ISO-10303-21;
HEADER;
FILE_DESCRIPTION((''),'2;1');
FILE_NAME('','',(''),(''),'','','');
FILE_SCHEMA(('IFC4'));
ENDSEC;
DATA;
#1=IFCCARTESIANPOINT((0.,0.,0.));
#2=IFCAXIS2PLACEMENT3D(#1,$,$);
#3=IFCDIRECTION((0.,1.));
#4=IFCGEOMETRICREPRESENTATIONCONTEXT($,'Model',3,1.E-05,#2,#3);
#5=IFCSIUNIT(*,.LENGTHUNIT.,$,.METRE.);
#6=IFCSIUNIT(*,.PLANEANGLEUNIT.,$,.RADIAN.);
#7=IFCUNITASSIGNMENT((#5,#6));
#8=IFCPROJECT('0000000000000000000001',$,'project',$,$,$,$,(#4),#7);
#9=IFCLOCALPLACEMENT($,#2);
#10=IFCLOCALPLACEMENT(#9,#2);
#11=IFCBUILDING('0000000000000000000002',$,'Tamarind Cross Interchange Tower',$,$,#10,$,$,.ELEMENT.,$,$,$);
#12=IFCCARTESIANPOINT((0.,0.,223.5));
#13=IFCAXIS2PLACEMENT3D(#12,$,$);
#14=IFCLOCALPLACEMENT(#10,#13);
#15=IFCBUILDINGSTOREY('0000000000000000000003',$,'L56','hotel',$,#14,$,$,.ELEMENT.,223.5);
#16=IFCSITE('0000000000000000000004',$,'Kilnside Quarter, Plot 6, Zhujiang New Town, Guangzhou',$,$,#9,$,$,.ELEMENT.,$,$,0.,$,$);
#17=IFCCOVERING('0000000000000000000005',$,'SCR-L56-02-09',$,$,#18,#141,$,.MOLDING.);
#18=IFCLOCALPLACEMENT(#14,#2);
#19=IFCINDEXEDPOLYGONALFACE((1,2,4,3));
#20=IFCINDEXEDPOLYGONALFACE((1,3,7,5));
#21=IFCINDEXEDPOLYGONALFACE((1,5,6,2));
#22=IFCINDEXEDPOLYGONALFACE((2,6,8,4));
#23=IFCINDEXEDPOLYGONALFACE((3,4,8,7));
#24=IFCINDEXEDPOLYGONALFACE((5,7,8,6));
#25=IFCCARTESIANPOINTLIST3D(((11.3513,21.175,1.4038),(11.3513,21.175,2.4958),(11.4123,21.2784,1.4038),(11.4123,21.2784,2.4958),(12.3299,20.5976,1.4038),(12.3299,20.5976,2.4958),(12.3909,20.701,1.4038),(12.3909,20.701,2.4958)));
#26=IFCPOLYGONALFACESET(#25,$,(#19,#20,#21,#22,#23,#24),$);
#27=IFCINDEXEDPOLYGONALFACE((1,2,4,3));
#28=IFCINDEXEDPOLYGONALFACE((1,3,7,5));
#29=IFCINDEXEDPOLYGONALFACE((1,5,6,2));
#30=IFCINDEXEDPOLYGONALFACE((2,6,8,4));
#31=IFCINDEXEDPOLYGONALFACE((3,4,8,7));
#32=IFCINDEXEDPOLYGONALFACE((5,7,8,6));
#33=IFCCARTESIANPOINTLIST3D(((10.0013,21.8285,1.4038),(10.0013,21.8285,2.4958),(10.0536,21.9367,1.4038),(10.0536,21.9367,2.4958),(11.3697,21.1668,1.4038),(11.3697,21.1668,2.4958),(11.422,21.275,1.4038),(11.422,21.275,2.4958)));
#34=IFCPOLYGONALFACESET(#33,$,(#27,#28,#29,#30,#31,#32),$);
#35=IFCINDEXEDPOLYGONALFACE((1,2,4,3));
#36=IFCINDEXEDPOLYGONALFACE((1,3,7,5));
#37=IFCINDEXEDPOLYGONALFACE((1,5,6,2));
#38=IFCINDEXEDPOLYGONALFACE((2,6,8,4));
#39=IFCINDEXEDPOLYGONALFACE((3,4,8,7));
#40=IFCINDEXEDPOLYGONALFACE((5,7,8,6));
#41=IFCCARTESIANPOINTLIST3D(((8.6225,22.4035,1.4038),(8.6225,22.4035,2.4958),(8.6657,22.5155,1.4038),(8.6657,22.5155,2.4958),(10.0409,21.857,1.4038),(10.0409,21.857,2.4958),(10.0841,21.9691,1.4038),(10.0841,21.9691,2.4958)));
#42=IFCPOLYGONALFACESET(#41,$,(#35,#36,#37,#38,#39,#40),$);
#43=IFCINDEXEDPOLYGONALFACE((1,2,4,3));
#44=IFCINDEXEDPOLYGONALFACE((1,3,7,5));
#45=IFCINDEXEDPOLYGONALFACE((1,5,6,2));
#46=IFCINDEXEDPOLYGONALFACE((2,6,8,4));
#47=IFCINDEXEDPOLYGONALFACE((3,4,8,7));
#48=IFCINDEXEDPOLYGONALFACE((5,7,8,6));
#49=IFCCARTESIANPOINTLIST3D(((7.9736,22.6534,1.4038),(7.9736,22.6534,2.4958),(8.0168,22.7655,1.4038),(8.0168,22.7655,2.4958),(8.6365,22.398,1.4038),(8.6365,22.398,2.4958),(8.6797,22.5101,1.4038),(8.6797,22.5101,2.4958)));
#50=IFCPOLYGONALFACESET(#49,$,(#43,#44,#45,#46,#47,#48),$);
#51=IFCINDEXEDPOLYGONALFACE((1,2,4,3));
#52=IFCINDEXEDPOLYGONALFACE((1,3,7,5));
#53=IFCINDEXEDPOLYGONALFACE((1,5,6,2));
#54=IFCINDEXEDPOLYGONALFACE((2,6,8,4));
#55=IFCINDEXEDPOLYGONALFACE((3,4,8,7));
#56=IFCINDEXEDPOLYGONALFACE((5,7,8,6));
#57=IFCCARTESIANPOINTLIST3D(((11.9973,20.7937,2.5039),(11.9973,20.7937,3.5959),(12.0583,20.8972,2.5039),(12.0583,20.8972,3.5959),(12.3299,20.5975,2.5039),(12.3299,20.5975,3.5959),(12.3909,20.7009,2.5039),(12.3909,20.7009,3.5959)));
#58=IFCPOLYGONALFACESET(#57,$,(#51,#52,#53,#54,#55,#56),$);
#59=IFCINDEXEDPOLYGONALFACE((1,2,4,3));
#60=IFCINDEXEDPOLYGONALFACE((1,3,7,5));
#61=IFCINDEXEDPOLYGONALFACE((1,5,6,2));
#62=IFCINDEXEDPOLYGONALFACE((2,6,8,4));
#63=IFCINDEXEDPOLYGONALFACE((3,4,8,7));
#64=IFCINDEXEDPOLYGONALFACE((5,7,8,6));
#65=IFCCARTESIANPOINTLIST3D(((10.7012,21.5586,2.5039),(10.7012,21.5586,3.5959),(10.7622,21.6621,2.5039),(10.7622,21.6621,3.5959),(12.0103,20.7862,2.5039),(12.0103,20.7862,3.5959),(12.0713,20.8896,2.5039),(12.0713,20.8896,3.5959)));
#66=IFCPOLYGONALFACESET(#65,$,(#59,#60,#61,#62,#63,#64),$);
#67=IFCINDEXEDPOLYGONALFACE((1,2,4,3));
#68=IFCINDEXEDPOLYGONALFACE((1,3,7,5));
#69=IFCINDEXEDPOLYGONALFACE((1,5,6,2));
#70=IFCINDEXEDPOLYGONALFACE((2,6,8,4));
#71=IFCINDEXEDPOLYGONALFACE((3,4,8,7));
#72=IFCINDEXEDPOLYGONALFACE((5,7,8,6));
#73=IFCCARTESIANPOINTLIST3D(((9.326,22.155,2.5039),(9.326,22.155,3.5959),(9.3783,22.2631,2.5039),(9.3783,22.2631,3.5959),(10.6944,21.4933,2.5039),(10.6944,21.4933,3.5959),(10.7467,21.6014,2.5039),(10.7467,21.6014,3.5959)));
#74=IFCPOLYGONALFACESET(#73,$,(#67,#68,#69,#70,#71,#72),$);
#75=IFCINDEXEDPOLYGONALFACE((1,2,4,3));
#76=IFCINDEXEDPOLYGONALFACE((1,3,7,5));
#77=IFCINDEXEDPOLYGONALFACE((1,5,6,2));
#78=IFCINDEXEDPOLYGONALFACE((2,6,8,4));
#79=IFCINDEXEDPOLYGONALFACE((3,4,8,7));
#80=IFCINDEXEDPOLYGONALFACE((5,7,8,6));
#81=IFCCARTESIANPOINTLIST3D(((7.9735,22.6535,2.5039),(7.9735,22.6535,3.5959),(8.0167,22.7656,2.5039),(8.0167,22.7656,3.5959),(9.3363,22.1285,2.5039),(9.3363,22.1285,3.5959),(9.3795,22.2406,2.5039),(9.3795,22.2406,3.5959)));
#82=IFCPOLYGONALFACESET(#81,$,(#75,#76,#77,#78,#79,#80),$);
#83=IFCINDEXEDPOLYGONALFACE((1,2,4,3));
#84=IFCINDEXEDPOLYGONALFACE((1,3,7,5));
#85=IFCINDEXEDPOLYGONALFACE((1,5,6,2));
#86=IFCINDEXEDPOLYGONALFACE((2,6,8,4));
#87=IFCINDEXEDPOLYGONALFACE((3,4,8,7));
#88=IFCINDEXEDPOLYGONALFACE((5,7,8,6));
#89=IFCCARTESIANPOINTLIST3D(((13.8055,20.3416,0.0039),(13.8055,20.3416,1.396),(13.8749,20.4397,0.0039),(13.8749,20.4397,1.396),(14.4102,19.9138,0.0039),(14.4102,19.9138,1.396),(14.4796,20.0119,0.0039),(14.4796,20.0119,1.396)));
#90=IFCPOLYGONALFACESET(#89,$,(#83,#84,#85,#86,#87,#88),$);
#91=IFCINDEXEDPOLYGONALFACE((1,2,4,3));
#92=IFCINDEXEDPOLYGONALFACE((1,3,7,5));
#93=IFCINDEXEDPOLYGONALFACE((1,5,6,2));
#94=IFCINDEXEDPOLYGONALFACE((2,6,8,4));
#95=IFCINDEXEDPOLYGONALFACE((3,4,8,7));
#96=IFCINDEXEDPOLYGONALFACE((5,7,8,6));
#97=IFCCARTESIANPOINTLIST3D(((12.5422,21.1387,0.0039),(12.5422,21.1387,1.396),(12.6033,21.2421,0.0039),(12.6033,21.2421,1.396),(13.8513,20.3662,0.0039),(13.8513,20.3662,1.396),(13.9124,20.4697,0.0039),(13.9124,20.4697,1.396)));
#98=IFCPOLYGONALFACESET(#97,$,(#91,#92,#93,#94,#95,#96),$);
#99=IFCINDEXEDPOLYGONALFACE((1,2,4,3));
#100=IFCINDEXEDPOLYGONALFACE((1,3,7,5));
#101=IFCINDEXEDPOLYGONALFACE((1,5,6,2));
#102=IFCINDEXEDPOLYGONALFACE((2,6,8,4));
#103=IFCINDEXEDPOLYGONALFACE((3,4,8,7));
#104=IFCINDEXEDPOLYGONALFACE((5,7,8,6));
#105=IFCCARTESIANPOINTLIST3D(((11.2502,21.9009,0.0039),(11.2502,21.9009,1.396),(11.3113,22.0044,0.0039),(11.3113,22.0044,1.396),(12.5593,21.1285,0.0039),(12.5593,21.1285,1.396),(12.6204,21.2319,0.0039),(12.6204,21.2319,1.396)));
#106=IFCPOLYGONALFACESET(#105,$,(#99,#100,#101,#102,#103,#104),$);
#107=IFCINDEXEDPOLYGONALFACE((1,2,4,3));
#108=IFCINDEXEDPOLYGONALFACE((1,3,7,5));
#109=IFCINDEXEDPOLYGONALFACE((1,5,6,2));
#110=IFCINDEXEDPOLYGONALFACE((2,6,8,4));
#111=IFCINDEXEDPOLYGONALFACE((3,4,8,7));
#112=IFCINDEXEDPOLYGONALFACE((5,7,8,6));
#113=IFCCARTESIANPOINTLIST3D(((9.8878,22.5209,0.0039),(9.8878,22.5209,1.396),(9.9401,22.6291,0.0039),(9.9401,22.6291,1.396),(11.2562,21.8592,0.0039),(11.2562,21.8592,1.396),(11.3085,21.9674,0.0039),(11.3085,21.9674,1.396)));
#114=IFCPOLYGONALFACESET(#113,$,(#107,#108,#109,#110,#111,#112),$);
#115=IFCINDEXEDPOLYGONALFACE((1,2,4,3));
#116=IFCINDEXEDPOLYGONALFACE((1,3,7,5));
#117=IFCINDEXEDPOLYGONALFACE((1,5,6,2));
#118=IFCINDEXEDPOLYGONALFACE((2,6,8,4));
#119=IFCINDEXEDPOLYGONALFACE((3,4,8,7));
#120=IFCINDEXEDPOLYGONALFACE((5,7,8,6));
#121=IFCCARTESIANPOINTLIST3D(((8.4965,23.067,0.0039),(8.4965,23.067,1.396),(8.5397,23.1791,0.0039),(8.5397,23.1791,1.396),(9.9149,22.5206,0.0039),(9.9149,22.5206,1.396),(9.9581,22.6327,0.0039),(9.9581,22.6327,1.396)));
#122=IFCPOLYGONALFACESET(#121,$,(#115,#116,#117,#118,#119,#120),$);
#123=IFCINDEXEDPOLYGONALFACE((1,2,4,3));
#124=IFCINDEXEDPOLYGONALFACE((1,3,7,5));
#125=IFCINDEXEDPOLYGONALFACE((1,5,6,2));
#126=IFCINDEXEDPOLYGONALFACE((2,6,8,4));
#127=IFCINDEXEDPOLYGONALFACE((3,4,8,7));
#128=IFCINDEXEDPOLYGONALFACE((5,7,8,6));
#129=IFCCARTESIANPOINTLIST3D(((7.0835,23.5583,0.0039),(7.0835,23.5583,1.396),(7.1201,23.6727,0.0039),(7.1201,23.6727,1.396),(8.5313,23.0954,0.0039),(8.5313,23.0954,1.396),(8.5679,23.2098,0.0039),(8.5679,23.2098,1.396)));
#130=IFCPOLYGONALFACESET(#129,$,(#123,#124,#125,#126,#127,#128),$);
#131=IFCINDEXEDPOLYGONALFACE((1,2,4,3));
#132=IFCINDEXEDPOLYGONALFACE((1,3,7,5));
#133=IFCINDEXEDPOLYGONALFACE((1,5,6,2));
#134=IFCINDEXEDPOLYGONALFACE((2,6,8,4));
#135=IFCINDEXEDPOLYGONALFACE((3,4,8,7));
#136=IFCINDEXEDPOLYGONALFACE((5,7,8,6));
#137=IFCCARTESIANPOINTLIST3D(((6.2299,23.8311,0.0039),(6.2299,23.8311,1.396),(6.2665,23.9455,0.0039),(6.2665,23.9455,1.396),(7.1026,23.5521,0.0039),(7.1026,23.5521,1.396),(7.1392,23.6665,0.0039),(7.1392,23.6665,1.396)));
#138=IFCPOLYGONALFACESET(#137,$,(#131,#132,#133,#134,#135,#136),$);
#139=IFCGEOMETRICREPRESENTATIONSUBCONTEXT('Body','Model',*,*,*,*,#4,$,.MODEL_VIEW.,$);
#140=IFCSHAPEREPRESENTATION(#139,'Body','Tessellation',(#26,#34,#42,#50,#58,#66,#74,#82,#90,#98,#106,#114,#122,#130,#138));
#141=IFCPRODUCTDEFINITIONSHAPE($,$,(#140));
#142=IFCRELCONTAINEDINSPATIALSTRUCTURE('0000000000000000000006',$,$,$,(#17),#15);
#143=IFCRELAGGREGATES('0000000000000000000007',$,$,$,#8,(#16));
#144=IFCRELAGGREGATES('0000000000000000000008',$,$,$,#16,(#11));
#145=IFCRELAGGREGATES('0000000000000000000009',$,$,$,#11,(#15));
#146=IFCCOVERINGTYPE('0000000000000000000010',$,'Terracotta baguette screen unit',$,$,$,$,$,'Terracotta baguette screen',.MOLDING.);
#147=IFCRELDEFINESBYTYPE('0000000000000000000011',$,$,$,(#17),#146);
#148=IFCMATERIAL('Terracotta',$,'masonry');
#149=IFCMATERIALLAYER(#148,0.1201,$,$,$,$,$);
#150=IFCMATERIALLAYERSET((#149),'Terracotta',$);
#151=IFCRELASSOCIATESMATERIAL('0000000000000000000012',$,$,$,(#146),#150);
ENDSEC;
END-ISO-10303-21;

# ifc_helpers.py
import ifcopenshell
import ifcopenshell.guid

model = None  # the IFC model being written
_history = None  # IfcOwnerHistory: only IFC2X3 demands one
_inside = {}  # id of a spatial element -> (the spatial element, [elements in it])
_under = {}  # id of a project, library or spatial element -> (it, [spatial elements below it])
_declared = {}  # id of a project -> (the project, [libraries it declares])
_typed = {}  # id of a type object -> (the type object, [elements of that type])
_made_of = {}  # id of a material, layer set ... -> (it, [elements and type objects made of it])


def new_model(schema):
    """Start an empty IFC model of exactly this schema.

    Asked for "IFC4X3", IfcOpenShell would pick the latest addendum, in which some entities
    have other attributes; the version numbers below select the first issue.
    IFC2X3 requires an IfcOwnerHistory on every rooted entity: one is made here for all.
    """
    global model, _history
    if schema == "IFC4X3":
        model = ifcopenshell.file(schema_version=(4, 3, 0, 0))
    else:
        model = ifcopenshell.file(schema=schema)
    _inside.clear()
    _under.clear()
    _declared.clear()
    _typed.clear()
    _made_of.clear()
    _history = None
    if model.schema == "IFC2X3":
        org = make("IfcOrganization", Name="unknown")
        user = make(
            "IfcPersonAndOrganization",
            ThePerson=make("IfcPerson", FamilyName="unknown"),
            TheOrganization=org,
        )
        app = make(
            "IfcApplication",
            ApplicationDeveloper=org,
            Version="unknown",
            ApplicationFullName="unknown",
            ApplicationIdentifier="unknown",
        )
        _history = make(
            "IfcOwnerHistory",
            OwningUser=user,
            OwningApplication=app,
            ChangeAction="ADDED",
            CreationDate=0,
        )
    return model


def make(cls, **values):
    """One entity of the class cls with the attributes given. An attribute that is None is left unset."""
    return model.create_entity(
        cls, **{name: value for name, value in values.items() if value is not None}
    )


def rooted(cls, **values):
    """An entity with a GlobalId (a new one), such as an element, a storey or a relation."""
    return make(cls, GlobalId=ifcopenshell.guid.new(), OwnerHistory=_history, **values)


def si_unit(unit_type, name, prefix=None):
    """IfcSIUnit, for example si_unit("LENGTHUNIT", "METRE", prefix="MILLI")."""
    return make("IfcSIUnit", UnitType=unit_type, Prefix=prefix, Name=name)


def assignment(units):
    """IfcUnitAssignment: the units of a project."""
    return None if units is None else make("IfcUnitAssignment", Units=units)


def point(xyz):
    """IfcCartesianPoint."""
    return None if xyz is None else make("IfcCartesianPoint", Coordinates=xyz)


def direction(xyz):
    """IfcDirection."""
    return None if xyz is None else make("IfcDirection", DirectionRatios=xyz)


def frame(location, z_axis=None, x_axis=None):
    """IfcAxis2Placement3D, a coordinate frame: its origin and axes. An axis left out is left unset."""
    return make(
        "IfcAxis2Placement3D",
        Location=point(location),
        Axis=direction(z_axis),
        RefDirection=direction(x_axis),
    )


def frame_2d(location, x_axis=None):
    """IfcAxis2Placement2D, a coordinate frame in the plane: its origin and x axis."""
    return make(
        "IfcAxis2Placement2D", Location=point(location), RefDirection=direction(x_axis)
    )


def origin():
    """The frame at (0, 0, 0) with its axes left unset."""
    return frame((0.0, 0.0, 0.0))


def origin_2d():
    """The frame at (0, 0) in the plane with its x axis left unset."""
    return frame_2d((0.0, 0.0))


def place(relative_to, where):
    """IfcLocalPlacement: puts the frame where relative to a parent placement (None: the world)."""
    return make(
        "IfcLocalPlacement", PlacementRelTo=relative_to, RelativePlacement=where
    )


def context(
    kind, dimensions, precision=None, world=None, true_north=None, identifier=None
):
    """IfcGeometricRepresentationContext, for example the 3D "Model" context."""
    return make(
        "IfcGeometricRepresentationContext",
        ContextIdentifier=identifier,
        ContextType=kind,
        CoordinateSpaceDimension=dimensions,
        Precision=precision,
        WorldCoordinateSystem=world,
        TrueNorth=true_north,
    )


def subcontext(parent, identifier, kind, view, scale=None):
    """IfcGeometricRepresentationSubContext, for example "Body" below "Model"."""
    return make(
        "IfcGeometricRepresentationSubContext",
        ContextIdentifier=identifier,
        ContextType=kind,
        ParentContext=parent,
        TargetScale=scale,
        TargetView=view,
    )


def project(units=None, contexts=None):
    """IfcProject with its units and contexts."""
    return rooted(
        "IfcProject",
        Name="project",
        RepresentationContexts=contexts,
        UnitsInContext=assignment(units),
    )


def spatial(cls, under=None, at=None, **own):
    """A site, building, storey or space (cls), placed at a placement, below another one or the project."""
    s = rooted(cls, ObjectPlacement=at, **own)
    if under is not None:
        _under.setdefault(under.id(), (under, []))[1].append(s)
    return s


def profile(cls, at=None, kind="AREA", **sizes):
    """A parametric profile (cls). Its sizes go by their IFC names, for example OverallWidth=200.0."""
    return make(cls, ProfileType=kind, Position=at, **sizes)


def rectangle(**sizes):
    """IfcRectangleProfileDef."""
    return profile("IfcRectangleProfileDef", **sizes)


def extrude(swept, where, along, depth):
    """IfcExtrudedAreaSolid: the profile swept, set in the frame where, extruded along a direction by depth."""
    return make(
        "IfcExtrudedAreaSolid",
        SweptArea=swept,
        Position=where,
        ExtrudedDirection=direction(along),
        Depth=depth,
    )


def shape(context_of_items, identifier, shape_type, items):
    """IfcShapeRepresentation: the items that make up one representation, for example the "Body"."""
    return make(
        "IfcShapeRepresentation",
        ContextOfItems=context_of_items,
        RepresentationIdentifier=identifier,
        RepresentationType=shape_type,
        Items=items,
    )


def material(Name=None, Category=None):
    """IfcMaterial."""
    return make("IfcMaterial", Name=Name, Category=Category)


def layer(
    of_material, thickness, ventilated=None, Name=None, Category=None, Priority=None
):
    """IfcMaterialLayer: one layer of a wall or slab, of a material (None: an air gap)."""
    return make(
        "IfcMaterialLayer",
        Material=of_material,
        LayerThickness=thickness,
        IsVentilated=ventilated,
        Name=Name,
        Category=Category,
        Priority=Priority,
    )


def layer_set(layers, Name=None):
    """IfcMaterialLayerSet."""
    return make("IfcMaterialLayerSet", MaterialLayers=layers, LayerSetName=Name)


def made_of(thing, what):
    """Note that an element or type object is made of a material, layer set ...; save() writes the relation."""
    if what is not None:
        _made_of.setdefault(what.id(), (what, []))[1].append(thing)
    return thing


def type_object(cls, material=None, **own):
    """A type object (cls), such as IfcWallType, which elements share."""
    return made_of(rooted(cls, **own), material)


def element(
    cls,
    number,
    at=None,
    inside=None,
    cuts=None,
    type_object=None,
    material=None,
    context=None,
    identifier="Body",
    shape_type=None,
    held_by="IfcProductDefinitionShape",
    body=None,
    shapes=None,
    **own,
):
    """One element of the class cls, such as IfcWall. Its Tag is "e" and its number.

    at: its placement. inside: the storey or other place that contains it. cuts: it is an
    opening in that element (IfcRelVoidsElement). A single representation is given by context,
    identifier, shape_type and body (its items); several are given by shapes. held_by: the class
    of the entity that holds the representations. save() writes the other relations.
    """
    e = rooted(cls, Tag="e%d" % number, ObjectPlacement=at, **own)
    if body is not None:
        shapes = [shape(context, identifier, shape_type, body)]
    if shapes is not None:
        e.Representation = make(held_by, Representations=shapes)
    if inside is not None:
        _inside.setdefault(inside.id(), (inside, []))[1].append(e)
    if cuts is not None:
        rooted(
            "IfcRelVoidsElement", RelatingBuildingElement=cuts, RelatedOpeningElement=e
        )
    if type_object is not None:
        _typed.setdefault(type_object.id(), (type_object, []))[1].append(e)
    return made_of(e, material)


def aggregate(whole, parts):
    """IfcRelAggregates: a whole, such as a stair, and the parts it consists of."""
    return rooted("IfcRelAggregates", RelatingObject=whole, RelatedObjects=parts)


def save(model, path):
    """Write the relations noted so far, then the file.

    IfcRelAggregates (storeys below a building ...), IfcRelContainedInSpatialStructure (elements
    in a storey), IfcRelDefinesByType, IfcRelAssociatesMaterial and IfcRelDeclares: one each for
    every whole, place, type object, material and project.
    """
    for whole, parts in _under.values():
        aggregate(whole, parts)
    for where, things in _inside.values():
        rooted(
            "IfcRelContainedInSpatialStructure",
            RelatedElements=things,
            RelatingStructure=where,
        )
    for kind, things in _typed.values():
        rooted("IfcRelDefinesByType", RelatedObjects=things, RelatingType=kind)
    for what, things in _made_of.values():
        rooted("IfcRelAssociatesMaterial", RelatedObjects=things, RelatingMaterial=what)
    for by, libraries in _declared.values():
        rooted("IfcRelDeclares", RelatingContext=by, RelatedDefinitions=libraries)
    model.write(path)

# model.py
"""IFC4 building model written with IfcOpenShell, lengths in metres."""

from ifc_helpers import new_model, si_unit, direction, frame, origin, origin_2d, place, context, subcontext, project, spatial, rectangle, extrude, material, layer, layer_set, type_object, element, save


model = new_model("IFC4")

# Units and contexts
model_context = context("Model", 3, precision=1e-05, world=origin(), true_north=direction((0.0, 1.0)))
body_context = subcontext(model_context, "Body", "Model", "MODEL_VIEW")
ifc_project = project(units=[si_unit("LENGTHUNIT", "METRE"), si_unit("PLANEANGLEUNIT", "RADIAN")], contexts=[model_context])

# Site, building, storey
site_placement = place(None, origin())
site = spatial("IfcSite", under=ifc_project, at=site_placement, Name="Kilnside Quarter, Plot 6, Zhujiang New Town, Guangzhou", CompositionType="ELEMENT", RefElevation=0.0)
building_placement = place(site_placement, origin())
building = spatial("IfcBuilding", under=site, at=building_placement, Name="Tamarind Cross Interchange Tower", CompositionType="ELEMENT")
storey_placement = place(building_placement, frame((0.0, 0.0, 223.5)))
storey = spatial("IfcBuildingStorey", under=building, at=storey_placement, Name="L56", Description="hotel", CompositionType="ELEMENT", Elevation=223.5)

# Covering
ifc_material_1 = material(Name="Terracotta", Category="masonry")
ifc_layer_1 = layer(ifc_material_1, 0.1201)
ifc_layer_set_1 = layer_set([ifc_layer_1], Name="Terracotta")
covering_type = type_object("IfcCoveringType", Name="Terracotta baguette screen unit", ElementType="Terracotta baguette screen", PredefinedType="MOLDING", material=ifc_layer_set_1)
covering_1_placement = place(storey_placement, origin())
element("IfcCovering", 1, at=covering_1_placement, inside=storey, type_object=covering_type, Name="SCR-L56-02-09", PredefinedType="MOLDING", context=body_context, shape_type="SweptSolid", body=[
    extrude(rectangle(XDim=1.1362, YDim=0.1201, at=origin_2d()), frame((11.8711, 20.938, 1.4038), z_axis=(0.0, 0.0, 1.0), x_axis=(-0.861249, 0.508183, 0.0)), (0.0, 0.0, 1.0), 1.092),
    extrude(rectangle(XDim=1.52, YDim=0.1201, at=origin_2d()), frame((10.7117, 21.5518, 1.4038), z_axis=(0.0, 0.0, 1.0), x_axis=(-0.900273, 0.435326, 0.0)), (0.0, 0.0, 1.0), 1.092),
    extrude(rectangle(XDim=1.52, YDim=0.1201, at=origin_2d()), frame((9.3533, 22.1863, 1.4038), z_axis=(0.0, 0.0, 1.0), x_axis=(-0.933147, 0.359495, 0.0)), (0.0, 0.0, 1.0), 1.092),
    extrude(rectangle(XDim=0.7104, YDim=0.1201, at=origin_2d()), frame((8.3267, 22.5818, 1.4038), z_axis=(0.0, 0.0, 1.0), x_axis=(-0.933147, 0.359495, 0.0)), (0.0, 0.0, 1.0), 1.092),
    extrude(rectangle(XDim=0.3862, YDim=0.1201, at=origin_2d()), frame((12.1941, 20.7473, 2.5039), z_axis=(0.0, 0.0, 1.0), x_axis=(-0.861249, 0.508183, 0.0)), (0.0, 0.0, 1.0), 1.092),
    extrude(rectangle(XDim=1.52, YDim=0.1201, at=origin_2d()), frame((11.3862, 21.2241, 2.5039), z_axis=(0.0, 0.0, 1.0), x_axis=(-0.861249, 0.508183, 0.0)), (0.0, 0.0, 1.0), 1.092),
    extrude(rectangle(XDim=1.52, YDim=0.1201, at=origin_2d()), frame((10.0364, 21.8782, 2.5039), z_axis=(0.0, 0.0, 1.0), x_axis=(-0.900273, 0.435326, 0.0)), (0.0, 0.0, 1.0), 1.092),
    extrude(rectangle(XDim=1.4604, YDim=0.1201, at=origin_2d()), frame((8.6765, 22.447, 2.5039), z_axis=(0.0, 0.0, 1.0), x_axis=(-0.933147, 0.359495, 0.0)), (0.0, 0.0, 1.0), 1.092),
    extrude(rectangle(XDim=0.7407, YDim=0.1201, at=origin_2d()), frame((14.1426, 20.1768, 0.0039), z_axis=(0.0, 0.0, 1.0), x_axis=(-0.816342, 0.577569, 0.0)), (0.0, 0.0, 1.0), 1.3921),
    extrude(rectangle(XDim=1.52, YDim=0.1201, at=origin_2d()), frame((13.2273, 20.8042, 0.0039), z_axis=(0.0, 0.0, 1.0), x_axis=(-0.861249, 0.508183, 0.0)), (0.0, 0.0, 1.0), 1.3921),
    extrude(rectangle(XDim=1.52, YDim=0.1201, at=origin_2d()), frame((11.9353, 21.5664, 0.0039), z_axis=(0.0, 0.0, 1.0), x_axis=(-0.861249, 0.508183, 0.0)), (0.0, 0.0, 1.0), 1.3921),
    extrude(rectangle(XDim=1.52, YDim=0.1201, at=origin_2d()), frame((10.5981, 22.2441, 0.0039), z_axis=(0.0, 0.0, 1.0), x_axis=(-0.900273, 0.435326, 0.0)), (0.0, 0.0, 1.0), 1.3921),
    extrude(rectangle(XDim=1.52, YDim=0.1201, at=origin_2d()), frame((9.2273, 22.8499, 0.0039), z_axis=(0.0, 0.0, 1.0), x_axis=(-0.933147, 0.359495, 0.0)), (0.0, 0.0, 1.0), 1.3921),
    extrude(rectangle(XDim=1.52, YDim=0.1201, at=origin_2d()), frame((7.8257, 23.384, 0.0039), z_axis=(0.0, 0.0, 1.0), x_axis=(-0.9525, 0.304538, 0.0)), (0.0, 0.0, 1.0), 1.3921),
    extrude(rectangle(XDim=0.9163, YDim=0.1201, at=origin_2d()), frame((6.6846, 23.7488, 0.0039), z_axis=(0.0, 0.0, 1.0), x_axis=(-0.9525, 0.304538, 0.0)), (0.0, 0.0, 1.0), 1.3921),
])

save(model, "model.ifc")
